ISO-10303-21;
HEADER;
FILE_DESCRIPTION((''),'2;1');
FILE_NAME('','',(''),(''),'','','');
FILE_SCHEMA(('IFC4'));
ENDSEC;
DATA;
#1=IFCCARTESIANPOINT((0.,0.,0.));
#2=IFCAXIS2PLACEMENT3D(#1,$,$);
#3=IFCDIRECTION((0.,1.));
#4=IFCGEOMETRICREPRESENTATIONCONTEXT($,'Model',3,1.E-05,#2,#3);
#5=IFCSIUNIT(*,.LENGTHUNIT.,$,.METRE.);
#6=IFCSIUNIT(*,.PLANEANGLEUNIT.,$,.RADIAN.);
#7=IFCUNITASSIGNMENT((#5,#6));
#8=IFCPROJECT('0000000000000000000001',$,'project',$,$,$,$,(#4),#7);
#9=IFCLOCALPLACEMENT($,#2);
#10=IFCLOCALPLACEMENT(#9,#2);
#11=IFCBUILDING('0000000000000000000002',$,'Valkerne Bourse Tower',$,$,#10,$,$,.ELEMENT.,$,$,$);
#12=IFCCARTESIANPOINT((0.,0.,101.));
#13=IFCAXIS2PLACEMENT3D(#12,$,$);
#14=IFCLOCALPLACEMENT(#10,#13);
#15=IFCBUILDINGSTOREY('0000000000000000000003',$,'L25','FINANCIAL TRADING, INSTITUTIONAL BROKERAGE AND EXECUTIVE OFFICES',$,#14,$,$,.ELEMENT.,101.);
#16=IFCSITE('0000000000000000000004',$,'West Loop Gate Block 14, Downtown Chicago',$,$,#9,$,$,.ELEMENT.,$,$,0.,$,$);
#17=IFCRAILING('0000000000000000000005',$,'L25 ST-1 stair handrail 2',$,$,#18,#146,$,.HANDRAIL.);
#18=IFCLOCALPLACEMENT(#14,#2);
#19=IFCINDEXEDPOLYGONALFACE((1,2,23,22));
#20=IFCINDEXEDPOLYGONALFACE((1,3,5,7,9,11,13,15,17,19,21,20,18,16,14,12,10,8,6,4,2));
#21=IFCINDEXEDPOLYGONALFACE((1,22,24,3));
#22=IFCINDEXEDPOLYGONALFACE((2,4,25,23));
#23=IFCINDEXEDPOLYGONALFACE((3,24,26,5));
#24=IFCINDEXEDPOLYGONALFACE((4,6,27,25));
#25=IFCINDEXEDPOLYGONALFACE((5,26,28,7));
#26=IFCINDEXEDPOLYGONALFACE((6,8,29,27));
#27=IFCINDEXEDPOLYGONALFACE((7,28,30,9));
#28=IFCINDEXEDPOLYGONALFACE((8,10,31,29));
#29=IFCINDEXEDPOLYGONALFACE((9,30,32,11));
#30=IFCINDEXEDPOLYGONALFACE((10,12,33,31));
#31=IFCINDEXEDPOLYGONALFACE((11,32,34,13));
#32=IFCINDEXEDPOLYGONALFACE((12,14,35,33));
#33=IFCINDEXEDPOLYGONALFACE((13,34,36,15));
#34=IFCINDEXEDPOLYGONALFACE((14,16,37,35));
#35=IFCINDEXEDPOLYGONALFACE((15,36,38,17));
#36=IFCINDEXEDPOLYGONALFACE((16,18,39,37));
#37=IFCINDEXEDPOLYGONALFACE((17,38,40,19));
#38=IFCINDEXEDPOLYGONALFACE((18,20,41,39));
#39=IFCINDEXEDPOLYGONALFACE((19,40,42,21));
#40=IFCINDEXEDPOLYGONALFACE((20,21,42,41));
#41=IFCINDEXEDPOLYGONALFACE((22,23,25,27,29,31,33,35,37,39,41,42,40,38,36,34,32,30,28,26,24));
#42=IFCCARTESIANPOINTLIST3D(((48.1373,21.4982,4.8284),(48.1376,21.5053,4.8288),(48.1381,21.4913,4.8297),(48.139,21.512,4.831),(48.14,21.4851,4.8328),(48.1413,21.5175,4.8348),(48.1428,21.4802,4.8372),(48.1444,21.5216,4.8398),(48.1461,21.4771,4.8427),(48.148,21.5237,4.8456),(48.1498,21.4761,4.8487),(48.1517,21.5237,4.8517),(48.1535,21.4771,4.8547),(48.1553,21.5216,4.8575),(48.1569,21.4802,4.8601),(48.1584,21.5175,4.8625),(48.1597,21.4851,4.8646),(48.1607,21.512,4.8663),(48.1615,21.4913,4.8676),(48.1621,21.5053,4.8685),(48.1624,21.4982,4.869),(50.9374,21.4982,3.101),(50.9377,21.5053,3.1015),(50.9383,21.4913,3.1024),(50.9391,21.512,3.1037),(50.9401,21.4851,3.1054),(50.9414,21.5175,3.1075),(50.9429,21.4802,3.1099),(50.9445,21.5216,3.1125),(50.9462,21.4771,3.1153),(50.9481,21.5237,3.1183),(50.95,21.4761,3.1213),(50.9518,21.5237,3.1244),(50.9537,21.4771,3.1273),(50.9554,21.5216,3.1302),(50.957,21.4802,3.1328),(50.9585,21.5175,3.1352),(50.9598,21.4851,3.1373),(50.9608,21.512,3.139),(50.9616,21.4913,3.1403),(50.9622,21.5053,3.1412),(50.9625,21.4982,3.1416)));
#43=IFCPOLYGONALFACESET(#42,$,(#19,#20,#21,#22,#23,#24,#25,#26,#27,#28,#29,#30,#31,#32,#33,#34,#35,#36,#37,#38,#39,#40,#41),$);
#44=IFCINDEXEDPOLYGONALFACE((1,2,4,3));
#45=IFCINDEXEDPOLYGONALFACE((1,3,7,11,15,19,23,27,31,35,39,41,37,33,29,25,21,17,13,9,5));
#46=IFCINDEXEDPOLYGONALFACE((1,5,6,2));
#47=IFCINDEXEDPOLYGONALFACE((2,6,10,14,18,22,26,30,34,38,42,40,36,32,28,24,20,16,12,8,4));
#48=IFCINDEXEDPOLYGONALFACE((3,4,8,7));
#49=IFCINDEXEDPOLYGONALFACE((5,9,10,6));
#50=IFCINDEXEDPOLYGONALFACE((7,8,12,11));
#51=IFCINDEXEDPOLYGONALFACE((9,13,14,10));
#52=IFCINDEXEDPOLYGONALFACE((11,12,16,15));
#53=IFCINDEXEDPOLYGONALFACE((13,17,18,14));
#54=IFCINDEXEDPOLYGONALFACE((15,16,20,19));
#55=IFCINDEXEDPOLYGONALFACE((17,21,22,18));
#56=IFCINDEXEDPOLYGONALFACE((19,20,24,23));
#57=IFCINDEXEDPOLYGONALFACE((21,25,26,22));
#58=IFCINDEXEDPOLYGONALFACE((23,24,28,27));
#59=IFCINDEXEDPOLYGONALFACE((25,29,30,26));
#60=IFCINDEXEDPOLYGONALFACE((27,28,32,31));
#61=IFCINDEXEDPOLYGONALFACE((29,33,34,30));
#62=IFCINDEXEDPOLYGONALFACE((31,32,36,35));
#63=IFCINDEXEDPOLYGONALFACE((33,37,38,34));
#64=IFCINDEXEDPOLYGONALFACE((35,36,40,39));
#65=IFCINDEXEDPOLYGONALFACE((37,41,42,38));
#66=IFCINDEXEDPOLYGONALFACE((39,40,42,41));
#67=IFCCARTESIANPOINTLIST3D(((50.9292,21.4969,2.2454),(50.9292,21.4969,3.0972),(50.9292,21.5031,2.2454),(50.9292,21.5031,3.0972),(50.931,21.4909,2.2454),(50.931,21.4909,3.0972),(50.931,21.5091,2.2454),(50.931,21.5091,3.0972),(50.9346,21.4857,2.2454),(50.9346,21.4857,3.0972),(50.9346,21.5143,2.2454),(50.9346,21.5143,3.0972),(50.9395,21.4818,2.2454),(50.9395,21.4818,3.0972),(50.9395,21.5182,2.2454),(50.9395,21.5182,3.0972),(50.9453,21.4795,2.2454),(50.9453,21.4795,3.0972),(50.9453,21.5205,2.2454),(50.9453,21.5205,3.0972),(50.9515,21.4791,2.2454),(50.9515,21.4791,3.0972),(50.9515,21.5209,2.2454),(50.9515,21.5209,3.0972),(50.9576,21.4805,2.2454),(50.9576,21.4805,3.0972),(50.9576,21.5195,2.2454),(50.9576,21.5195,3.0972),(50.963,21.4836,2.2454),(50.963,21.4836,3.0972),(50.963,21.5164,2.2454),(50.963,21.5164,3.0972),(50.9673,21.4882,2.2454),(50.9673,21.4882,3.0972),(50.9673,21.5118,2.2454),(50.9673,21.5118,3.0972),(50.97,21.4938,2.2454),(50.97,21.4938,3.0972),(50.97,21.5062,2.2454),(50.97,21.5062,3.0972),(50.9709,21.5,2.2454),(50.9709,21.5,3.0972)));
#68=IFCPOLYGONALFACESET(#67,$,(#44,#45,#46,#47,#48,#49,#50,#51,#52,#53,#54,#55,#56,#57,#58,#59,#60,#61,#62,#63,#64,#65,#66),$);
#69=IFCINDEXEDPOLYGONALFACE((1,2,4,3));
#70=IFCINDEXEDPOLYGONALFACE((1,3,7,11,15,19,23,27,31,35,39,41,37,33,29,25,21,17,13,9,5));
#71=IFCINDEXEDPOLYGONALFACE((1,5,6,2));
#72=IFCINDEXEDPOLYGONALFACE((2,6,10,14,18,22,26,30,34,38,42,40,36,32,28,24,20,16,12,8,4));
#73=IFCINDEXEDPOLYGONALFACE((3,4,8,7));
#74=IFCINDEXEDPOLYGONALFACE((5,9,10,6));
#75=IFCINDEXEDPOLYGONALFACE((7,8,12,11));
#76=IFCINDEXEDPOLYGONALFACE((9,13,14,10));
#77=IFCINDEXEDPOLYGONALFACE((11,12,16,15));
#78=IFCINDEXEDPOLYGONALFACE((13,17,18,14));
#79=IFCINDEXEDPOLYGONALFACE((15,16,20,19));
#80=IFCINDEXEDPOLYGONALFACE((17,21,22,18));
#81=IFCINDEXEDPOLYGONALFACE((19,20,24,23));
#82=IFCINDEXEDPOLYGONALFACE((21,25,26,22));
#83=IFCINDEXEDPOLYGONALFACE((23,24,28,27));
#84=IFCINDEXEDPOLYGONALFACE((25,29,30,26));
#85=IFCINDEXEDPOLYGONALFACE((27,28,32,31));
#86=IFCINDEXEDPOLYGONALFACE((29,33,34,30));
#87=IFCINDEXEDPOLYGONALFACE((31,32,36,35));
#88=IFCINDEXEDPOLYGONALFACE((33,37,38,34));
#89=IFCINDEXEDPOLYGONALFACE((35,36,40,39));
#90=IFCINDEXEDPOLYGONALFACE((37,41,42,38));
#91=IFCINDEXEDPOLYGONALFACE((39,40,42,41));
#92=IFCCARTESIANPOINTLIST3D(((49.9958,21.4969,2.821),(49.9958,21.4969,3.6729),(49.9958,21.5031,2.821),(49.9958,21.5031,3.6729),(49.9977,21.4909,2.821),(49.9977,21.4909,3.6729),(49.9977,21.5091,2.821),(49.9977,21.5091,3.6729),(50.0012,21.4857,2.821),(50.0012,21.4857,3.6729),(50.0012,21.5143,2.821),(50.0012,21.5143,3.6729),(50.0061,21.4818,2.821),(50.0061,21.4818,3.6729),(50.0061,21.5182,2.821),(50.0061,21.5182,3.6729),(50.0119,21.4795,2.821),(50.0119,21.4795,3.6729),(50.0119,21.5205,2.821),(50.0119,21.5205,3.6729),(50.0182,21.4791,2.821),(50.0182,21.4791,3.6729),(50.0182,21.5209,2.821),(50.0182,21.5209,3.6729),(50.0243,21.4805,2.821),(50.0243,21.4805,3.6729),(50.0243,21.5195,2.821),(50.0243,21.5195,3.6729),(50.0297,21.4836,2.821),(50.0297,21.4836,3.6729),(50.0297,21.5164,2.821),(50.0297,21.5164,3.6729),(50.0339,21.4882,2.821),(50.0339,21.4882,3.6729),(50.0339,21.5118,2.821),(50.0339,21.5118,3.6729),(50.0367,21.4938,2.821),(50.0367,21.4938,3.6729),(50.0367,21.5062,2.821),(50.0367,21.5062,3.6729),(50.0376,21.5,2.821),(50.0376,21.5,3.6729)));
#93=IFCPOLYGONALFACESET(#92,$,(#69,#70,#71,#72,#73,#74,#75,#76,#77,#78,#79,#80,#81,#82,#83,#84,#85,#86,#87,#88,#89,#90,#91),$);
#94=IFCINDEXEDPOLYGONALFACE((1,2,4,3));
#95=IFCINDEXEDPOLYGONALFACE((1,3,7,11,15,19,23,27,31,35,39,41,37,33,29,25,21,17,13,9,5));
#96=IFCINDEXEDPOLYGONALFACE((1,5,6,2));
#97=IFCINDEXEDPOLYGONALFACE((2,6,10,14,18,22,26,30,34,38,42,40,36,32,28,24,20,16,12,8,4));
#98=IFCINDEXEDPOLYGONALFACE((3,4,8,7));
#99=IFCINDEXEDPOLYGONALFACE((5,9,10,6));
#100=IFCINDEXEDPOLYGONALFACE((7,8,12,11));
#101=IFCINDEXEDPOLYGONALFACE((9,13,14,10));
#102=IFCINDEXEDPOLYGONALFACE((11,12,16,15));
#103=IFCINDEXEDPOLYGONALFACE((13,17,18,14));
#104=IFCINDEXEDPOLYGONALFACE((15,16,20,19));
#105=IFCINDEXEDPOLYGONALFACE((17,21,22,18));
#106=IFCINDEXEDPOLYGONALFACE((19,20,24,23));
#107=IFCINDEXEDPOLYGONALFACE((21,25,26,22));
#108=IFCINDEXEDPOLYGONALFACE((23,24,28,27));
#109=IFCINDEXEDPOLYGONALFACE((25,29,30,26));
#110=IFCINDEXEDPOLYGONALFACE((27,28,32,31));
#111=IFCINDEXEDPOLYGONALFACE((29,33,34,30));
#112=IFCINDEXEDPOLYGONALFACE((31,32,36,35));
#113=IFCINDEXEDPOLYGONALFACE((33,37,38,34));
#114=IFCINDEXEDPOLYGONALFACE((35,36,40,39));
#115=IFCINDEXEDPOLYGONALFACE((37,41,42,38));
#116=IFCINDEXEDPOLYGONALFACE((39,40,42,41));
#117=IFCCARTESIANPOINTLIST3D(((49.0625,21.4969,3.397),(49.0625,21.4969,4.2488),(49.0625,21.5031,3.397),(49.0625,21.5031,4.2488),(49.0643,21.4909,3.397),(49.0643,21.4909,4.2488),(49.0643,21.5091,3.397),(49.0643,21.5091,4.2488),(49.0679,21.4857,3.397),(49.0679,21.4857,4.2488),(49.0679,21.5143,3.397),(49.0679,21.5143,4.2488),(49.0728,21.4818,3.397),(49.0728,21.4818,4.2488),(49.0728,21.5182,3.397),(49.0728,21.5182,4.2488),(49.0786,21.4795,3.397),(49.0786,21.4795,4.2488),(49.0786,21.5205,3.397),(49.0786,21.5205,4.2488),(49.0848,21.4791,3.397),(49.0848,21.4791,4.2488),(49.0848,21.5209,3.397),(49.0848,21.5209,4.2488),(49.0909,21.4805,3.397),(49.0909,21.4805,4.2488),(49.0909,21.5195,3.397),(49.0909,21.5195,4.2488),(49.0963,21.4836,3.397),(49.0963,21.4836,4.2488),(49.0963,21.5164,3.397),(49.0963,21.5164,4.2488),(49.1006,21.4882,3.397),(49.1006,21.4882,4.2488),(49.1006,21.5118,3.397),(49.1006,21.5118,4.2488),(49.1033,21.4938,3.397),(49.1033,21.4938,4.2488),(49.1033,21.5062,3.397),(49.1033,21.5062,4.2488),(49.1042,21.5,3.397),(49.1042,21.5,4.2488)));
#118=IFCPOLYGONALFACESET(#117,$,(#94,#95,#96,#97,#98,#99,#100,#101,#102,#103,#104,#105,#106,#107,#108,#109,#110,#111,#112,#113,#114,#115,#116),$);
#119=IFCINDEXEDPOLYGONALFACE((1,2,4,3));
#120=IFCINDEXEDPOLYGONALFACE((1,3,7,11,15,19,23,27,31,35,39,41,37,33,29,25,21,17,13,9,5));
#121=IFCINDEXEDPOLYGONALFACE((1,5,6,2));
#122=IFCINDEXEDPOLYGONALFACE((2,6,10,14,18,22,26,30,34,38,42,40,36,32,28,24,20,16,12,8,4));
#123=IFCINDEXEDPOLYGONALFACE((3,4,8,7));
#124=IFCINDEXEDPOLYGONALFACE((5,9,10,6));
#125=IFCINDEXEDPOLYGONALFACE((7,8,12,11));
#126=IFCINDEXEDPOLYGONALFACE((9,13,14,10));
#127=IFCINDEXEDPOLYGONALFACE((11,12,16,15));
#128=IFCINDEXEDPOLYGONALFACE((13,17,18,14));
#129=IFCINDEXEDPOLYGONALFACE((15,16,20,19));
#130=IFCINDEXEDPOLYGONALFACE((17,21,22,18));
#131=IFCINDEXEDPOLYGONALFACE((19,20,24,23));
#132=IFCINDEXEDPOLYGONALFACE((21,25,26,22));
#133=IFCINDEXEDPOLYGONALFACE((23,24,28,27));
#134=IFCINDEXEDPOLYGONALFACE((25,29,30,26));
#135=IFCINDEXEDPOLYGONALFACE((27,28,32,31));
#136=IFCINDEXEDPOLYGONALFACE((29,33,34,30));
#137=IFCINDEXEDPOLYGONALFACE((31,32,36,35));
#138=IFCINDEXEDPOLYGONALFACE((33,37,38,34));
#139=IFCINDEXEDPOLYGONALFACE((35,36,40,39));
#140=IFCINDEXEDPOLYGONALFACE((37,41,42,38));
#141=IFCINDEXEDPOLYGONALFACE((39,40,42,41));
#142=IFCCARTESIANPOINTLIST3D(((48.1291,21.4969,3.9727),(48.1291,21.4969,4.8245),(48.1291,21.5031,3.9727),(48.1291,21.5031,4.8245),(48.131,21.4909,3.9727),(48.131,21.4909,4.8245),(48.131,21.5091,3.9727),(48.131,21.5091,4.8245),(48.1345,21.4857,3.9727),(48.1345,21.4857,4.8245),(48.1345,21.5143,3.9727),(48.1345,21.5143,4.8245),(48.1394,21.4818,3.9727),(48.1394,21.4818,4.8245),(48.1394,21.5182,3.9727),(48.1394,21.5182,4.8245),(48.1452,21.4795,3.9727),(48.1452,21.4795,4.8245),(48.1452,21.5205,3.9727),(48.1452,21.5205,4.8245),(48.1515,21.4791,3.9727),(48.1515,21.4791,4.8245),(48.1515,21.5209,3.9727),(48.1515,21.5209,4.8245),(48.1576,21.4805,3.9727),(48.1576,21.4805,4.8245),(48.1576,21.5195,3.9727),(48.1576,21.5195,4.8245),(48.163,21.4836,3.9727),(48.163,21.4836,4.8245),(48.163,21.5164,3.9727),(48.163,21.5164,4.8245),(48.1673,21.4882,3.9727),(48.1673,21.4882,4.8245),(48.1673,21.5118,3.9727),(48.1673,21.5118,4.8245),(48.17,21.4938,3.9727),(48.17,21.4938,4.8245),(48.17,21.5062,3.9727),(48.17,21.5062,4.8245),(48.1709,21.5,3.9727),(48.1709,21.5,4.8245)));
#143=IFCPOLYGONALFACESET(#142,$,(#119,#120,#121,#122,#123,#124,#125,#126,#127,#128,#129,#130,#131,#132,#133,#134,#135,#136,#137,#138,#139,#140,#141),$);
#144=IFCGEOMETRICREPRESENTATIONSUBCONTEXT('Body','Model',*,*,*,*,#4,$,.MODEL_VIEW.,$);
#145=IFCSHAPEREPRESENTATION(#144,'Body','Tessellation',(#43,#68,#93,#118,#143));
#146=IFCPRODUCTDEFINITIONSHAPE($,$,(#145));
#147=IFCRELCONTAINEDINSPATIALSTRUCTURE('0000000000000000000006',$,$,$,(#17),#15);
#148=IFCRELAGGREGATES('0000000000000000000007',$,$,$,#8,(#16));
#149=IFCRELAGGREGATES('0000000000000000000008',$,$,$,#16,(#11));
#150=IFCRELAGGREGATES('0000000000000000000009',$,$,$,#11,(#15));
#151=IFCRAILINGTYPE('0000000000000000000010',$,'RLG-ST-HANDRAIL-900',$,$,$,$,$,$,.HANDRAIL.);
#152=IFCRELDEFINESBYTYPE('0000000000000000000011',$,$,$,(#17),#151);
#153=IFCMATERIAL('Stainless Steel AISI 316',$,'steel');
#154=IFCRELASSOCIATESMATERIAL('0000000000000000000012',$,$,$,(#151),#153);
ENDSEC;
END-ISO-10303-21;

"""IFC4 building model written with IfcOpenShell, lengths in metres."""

from ifc_helpers import new_model, si_unit, direction, frame, origin, origin_2d, place, context, subcontext, project, spatial, circle, extrude, material, type_object, element, save


model = new_model("IFC4")

# Units and contexts
model_context = context("Model", 3, precision=1e-05, world=origin(), true_north=direction((0.0, 1.0)))
body_context = subcontext(model_context, "Body", "Model", "MODEL_VIEW")
ifc_project = project(units=[si_unit("LENGTHUNIT", "METRE"), si_unit("PLANEANGLEUNIT", "RADIAN")], contexts=[model_context])

# Site, building, storey
site_placement = place(None, origin())
site = spatial("IfcSite", under=ifc_project, at=site_placement, Name="West Loop Gate Block 14, Downtown Chicago", CompositionType="ELEMENT", RefElevation=0.0)
building_placement = place(site_placement, origin())
building = spatial("IfcBuilding", under=site, at=building_placement, Name="Valkerne Bourse Tower", CompositionType="ELEMENT")
storey_placement = place(building_placement, frame((0.0, 0.0, 101.0)))
storey = spatial("IfcBuildingStorey", under=building, at=storey_placement, Name="L25", Description="FINANCIAL TRADING, INSTITUTIONAL BROKERAGE AND EXECUTIVE OFFICES", CompositionType="ELEMENT", Elevation=101.0)

# Shared definitions
ifc_material_1 = material(Name="Stainless Steel AISI 316", Category="steel")

# Railing
railing_type_1 = type_object("IfcRailingType", Name="RLG-ST-HANDRAIL-900", PredefinedType="HANDRAIL", material=ifc_material_1)
railing_1_placement = place(storey_placement, frame((50.95, 21.5, 2.2454)))
element("IfcRailing", 1, at=railing_1_placement, inside=storey, type_object=railing_type_1, Name="L25 ST-1 stair handrail 2", PredefinedType="HANDRAIL", context=body_context, shape_type="SweptSolid", body=[
    extrude(circle(Radius=0.0239, at=origin_2d()), frame((0.0, 0.0, 0.876), z_axis=(-0.85109, 0.0, 0.52502), x_axis=(0.0, -1.0, 0.0)), (0.0, 0.0, 1.0), 3.29),
    extrude(circle(Radius=0.021, at=origin_2d()), origin(), (0.0, 0.0, 1.0), 0.8518),
    extrude(circle(Radius=0.021, at=origin_2d()), frame((-0.9333, 0.0, 0.5757)), (0.0, 0.0, 1.0), 0.8518),
    extrude(circle(Radius=0.021, at=origin_2d()), frame((-1.8667, 0.0, 1.1516)), (0.0, 0.0, 1.0), 0.8518),
    extrude(circle(Radius=0.021, at=origin_2d()), frame((-2.8, 0.0, 1.7273)), (0.0, 0.0, 1.0), 0.8518),
])

save(model, "model.ifc")
